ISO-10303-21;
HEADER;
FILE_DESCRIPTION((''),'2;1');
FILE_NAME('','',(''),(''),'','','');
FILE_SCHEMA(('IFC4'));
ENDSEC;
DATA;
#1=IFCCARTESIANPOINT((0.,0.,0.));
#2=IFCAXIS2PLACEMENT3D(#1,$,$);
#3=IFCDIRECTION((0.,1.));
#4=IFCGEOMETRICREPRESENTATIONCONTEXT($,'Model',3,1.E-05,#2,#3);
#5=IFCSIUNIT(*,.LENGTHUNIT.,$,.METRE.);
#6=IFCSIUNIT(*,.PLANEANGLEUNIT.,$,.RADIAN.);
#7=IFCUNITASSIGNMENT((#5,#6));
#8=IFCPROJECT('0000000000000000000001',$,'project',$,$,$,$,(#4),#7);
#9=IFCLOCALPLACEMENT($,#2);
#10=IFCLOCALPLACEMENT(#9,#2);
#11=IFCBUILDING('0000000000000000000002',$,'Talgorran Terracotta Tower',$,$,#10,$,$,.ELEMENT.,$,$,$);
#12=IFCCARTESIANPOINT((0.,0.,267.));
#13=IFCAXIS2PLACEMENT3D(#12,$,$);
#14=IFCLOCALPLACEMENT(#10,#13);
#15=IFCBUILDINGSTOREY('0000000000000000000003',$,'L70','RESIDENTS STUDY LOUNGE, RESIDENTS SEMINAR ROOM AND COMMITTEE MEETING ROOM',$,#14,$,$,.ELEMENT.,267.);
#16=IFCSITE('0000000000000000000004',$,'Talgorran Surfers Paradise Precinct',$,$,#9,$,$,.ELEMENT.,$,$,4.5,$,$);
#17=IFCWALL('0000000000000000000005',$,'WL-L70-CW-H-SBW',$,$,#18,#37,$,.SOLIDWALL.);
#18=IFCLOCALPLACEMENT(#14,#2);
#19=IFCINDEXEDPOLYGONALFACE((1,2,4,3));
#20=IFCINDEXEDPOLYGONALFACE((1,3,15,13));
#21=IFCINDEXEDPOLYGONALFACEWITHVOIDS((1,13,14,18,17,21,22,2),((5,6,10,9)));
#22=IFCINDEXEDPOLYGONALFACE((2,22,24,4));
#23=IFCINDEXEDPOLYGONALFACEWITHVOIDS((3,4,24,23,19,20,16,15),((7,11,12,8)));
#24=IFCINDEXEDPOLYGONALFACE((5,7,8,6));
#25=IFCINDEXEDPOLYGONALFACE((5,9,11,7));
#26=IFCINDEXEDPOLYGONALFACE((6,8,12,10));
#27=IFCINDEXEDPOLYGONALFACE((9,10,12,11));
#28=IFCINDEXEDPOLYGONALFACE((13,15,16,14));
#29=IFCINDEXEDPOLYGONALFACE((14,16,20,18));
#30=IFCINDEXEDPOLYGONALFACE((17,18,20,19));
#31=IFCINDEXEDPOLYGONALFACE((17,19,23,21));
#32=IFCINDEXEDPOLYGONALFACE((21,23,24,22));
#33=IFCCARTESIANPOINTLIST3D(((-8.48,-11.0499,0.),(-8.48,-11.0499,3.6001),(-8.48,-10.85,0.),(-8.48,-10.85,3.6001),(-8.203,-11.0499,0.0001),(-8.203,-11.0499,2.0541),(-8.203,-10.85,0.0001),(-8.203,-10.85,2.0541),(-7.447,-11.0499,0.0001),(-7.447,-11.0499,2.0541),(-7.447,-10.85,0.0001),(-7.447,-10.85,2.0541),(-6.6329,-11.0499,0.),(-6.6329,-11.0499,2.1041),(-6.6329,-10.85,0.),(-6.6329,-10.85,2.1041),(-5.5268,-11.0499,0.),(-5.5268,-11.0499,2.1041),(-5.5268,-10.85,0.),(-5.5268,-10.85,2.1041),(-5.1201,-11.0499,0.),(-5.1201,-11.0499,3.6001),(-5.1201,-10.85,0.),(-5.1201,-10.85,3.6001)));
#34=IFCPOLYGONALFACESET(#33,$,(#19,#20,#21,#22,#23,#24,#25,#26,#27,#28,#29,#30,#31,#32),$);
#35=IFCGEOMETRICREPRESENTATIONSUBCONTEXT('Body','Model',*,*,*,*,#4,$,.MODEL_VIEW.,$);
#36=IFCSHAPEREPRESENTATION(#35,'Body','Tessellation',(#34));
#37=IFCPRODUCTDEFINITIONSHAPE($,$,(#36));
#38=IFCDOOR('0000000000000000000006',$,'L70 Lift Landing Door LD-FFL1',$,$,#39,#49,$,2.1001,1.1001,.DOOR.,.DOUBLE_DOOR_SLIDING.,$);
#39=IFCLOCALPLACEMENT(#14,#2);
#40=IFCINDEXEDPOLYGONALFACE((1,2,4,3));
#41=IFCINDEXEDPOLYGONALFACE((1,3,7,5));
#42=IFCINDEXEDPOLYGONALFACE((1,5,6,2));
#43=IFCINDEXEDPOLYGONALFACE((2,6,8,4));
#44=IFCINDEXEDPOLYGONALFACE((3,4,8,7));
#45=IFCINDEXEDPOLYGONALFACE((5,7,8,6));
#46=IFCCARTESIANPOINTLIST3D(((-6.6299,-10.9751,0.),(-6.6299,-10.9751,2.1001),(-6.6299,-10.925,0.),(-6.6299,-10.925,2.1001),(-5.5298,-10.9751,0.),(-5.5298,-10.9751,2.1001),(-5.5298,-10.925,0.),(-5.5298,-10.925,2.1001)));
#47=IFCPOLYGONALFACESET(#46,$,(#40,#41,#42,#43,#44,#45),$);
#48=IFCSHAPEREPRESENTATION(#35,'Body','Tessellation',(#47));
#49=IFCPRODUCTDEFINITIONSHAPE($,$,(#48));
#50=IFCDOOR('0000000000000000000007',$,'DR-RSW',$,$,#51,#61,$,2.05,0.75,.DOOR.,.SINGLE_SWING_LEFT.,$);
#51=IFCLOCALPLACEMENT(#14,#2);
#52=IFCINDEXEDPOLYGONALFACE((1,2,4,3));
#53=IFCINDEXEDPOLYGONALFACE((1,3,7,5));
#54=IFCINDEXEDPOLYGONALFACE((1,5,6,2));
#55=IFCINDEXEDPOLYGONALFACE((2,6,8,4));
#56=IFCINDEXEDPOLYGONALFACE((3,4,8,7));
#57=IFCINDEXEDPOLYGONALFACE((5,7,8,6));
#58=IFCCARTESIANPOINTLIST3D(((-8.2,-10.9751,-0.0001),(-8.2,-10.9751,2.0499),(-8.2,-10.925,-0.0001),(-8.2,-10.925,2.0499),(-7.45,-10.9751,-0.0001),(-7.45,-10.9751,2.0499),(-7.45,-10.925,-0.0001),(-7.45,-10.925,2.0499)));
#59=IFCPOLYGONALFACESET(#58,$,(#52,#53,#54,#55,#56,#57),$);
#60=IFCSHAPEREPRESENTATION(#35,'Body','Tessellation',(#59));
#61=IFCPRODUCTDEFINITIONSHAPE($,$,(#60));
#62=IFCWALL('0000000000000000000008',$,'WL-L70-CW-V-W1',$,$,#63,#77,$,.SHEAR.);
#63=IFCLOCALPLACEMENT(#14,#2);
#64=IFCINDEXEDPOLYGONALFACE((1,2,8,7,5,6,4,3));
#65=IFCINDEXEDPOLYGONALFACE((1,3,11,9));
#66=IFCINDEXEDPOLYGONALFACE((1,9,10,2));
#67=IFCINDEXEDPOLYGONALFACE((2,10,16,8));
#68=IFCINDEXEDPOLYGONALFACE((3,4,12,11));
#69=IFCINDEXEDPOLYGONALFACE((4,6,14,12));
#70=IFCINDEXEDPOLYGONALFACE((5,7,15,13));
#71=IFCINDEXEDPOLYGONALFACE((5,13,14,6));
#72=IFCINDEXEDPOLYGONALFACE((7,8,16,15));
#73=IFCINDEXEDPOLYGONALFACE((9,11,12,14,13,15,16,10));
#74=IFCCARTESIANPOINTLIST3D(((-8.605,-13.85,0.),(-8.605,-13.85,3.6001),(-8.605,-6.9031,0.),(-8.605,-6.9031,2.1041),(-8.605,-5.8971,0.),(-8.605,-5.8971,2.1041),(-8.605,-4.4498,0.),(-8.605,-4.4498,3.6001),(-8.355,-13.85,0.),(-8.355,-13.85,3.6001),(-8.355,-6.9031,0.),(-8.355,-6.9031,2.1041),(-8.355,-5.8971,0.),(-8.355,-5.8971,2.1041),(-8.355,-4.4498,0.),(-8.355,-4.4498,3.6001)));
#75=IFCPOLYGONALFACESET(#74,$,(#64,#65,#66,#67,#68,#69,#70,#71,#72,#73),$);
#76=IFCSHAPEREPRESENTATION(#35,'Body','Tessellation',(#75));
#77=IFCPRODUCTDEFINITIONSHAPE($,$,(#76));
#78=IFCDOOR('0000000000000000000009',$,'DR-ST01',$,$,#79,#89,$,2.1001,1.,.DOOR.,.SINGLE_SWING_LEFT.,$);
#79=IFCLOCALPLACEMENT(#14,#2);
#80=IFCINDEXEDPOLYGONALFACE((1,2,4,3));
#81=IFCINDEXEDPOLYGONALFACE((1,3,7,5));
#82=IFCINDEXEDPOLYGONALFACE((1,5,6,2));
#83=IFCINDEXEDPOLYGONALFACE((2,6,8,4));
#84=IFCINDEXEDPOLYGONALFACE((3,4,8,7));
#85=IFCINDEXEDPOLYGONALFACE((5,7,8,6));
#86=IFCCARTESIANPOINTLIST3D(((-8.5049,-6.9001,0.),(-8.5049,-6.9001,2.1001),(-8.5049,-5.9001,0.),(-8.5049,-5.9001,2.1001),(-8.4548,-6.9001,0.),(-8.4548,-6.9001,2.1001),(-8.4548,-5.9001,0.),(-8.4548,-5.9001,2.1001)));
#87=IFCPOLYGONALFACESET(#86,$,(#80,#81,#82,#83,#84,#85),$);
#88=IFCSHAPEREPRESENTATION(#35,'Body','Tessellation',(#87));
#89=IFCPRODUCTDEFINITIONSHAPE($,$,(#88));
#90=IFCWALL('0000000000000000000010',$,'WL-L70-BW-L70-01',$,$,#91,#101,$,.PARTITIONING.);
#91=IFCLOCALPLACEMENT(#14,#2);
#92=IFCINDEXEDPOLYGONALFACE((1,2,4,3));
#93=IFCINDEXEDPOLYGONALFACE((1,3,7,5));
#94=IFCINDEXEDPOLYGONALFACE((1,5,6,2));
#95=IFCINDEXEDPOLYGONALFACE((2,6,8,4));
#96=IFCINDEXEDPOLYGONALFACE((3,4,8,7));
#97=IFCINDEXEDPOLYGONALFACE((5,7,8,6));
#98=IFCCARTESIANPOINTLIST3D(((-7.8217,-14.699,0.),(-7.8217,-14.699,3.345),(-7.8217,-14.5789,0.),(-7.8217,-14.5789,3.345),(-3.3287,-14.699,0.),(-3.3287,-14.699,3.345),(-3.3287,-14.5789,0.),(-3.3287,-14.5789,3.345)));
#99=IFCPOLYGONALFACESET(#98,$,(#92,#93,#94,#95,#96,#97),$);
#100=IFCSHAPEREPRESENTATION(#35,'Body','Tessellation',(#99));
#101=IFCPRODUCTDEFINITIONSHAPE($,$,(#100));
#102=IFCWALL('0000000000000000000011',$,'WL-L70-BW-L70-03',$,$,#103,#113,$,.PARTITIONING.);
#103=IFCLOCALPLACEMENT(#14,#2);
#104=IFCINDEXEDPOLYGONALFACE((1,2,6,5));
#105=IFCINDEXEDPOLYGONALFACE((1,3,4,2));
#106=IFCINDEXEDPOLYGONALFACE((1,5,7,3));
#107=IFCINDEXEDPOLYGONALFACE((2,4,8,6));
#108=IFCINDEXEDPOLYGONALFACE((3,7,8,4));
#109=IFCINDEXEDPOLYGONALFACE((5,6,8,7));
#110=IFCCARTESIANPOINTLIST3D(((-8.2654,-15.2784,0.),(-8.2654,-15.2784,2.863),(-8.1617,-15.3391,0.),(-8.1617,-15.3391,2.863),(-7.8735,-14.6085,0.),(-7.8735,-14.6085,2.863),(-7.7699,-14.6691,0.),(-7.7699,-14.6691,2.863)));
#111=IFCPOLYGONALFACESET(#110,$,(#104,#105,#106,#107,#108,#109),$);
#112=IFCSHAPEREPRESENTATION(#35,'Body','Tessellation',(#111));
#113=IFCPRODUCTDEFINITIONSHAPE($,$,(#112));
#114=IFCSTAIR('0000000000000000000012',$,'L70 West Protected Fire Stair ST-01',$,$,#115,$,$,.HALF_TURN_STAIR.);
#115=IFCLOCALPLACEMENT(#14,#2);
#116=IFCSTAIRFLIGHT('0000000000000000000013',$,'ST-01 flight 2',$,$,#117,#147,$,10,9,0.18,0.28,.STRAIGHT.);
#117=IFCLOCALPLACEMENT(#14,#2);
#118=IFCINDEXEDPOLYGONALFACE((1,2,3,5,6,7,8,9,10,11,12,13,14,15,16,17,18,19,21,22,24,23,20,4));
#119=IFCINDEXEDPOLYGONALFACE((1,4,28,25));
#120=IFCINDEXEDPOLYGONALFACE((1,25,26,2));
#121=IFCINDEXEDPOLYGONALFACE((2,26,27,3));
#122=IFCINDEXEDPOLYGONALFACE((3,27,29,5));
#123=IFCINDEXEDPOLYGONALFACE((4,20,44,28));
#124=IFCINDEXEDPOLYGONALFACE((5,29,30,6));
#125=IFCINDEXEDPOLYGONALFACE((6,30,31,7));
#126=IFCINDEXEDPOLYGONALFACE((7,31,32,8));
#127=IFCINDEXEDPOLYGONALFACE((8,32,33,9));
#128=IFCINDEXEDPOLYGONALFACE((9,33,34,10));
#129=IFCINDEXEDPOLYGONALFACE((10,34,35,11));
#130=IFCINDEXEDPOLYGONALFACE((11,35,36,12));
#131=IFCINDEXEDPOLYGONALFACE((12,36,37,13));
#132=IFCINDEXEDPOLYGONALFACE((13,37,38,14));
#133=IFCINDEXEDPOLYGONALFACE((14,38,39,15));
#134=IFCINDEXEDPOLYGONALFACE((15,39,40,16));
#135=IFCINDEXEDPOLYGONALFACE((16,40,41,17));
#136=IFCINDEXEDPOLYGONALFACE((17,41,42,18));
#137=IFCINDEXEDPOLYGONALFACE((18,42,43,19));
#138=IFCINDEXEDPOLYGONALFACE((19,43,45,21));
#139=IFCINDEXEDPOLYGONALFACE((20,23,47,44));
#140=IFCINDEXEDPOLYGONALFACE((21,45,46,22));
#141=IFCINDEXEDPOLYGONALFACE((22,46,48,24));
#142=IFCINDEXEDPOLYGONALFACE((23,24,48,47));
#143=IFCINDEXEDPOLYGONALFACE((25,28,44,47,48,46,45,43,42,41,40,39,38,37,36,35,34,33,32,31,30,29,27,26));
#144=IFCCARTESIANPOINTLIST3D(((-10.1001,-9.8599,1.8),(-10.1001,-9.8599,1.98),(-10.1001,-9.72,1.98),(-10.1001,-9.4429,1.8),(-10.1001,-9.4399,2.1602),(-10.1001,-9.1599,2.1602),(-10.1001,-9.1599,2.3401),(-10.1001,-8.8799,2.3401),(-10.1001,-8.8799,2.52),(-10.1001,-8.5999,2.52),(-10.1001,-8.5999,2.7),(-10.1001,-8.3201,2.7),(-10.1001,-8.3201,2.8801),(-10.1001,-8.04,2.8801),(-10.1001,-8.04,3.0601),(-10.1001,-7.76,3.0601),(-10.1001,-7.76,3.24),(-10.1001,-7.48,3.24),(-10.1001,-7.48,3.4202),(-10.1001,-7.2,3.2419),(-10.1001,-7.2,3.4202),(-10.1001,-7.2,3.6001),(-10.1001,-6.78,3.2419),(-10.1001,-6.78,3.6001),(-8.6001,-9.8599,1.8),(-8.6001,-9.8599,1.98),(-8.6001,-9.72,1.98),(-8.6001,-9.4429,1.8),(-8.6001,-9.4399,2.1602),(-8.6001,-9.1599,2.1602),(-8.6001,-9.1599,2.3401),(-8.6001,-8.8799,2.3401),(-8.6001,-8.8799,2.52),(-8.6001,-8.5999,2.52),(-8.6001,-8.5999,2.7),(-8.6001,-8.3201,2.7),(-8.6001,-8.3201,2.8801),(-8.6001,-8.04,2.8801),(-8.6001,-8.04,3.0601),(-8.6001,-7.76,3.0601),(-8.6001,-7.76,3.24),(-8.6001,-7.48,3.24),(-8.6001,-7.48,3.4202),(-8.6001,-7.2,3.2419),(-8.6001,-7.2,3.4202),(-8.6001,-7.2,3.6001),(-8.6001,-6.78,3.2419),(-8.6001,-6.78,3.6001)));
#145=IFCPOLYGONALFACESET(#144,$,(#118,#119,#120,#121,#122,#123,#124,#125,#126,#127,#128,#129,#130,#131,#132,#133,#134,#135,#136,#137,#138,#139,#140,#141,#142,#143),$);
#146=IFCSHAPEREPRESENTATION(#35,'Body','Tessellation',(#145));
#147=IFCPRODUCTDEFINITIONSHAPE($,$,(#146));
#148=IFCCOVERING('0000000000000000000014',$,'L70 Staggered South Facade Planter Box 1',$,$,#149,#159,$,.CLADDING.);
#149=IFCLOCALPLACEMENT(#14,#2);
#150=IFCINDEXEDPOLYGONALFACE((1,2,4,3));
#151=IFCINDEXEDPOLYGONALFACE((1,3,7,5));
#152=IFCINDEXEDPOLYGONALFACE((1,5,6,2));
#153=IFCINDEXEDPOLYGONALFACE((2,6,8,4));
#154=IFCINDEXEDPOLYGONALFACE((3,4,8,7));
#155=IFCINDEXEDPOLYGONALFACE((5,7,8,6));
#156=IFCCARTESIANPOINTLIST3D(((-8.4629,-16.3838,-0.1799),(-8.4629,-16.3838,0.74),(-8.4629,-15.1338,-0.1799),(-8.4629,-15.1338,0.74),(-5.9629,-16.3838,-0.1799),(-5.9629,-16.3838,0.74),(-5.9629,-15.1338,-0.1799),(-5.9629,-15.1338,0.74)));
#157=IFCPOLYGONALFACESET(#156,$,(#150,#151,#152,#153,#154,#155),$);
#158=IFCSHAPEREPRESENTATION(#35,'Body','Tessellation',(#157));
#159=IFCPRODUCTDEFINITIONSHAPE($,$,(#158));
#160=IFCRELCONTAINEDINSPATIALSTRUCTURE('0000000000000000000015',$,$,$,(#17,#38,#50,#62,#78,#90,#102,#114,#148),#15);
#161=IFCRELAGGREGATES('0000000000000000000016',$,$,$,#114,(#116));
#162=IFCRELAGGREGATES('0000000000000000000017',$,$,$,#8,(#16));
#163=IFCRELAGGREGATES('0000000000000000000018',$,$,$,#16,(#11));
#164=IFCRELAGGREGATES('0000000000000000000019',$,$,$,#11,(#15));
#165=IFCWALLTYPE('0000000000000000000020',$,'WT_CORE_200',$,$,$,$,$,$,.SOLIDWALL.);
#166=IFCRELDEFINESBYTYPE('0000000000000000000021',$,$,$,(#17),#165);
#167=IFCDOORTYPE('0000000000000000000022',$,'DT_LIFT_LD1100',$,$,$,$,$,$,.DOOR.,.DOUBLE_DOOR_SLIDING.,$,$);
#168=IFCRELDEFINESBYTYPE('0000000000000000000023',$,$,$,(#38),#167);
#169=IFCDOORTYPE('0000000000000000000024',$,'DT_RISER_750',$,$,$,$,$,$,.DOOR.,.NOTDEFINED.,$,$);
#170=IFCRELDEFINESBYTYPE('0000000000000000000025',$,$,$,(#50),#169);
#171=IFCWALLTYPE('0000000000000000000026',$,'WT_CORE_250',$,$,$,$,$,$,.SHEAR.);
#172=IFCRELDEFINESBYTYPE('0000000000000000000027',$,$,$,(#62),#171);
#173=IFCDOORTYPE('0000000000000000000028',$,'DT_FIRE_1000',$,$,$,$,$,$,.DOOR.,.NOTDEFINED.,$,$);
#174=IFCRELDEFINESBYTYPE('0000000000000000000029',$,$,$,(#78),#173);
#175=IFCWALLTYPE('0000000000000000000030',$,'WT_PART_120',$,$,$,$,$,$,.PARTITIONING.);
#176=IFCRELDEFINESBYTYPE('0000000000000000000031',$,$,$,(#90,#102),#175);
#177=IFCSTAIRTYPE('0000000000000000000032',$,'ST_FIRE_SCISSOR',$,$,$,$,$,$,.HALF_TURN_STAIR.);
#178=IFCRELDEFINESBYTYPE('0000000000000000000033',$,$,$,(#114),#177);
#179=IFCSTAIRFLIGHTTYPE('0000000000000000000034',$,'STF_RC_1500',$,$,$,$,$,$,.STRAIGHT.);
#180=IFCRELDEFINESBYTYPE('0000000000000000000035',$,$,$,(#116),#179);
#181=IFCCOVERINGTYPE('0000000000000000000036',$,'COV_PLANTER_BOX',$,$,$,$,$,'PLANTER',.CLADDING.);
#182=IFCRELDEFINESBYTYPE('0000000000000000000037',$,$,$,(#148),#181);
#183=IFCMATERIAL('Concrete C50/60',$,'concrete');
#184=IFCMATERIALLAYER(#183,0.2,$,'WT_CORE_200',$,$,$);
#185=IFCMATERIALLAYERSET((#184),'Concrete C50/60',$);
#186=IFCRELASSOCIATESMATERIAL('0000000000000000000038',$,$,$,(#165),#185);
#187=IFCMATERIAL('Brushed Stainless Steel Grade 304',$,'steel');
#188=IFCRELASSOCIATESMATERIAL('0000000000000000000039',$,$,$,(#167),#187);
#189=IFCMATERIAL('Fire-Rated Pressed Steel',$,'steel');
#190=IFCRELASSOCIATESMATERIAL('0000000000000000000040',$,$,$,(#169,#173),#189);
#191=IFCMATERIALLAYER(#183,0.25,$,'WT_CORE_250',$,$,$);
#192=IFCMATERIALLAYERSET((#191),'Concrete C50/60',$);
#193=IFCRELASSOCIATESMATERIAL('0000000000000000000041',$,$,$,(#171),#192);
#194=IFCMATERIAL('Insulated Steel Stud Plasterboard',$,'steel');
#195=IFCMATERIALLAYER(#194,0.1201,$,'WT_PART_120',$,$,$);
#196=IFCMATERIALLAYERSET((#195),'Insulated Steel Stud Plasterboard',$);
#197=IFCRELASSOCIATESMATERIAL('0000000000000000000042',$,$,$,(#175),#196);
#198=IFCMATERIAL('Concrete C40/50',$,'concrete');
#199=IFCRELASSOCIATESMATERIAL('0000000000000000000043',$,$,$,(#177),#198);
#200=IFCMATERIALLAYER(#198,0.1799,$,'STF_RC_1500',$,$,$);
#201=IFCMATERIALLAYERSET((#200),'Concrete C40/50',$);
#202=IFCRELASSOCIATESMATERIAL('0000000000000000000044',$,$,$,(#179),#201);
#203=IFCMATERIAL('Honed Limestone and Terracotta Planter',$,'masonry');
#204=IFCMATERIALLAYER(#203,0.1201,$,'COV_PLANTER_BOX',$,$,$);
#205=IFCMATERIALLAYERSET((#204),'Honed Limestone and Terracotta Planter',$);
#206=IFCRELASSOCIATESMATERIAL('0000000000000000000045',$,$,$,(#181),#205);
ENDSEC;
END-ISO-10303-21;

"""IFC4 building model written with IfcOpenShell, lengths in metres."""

from ifc_helpers import new_model, si_unit, direction, frame, frame_2d, origin, origin_2d, place, context, subcontext, project, spatial, polyline, rectangle, outline, extrude, material, layer, layer_set, type_object, element, fill, aggregate, save


model = new_model("IFC4")

# Units and contexts
model_context = context("Model", 3, precision=1e-05, world=origin(), true_north=direction((0.0, 1.0)))
body_context = subcontext(model_context, "Body", "Model", "MODEL_VIEW")
ifc_project = project(units=[si_unit("LENGTHUNIT", "METRE"), si_unit("PLANEANGLEUNIT", "RADIAN")], contexts=[model_context])

# Site, building, storey
site_placement = place(None, origin())
site = spatial("IfcSite", under=ifc_project, at=site_placement, Name="Talgorran Surfers Paradise Precinct", CompositionType="ELEMENT", RefElevation=4.5)
building_placement = place(site_placement, origin())
building = spatial("IfcBuilding", under=site, at=building_placement, Name="Talgorran Terracotta Tower", CompositionType="ELEMENT")
storey_placement = place(building_placement, frame((0.0, 0.0, 267.0)))
storey = spatial("IfcBuildingStorey", under=building, at=storey_placement, Name="L70", Description="RESIDENTS STUDY LOUNGE, RESIDENTS SEMINAR ROOM AND COMMITTEE MEETING ROOM", CompositionType="ELEMENT", Elevation=267.0)

# Shared definitions
ifc_material_1 = material(Name="Concrete C50/60", Category="concrete")

# Wall, openings, doors
ifc_layer_1 = layer(ifc_material_1, 0.2, Name="WT_CORE_200")
ifc_layer_set_1 = layer_set([ifc_layer_1], Name="Concrete C50/60")
wall_type_1 = type_object("IfcWallType", Name="WT_CORE_200", PredefinedType="SOLIDWALL", material=ifc_layer_set_1)
wall_1_placement = place(storey_placement, frame((-8.48, -10.95, 0.0), z_axis=(0.0, 0.0, 1.0), x_axis=(1.0, 0.0, 0.0)))
wall_1 = element("IfcWall", 1, at=wall_1_placement, inside=storey, type_object=wall_type_1, Name="WL-L70-CW-H-SBW", PredefinedType="SOLIDWALL", context=body_context, shape_type="SweptSolid", body=[
    extrude(rectangle(XDim=3.3599, YDim=0.2, at=frame_2d((1.6799, 0.0))), origin(), (0.0, 0.0, 1.0), 3.6001),
])
opening_1_placement = place(wall_1_placement, frame((0.28, 0.0, 0.0)))
opening_1 = element("IfcOpeningElement", 2, at=opening_1_placement, cuts=wall_1, PredefinedType="OPENING", context=body_context, shape_type="SweptSolid", body=[
    extrude(rectangle(XDim=0.756, YDim=2.054, at=frame_2d((0.375, 1.0271))), frame((0.0, 0.1099, 0.0), z_axis=(0.0, -1.0, 0.0), x_axis=(1.0, 0.0, 0.0)), (0.0, 0.0, 1.0), 0.22),
])
opening_2_placement = place(wall_1_placement, frame((1.8501, 0.0, 0.0)))
opening_2 = element("IfcOpeningElement", 3, at=opening_2_placement, cuts=wall_1, PredefinedType="OPENING", context=body_context, shape_type="SweptSolid", body=[
    extrude(rectangle(XDim=1.1061, YDim=2.1041, at=frame_2d((0.55, 1.052))), frame((0.0, 0.1099, 0.0), z_axis=(0.0, -1.0, 0.0), x_axis=(1.0, 0.0, 0.0)), (0.0, 0.0, 1.0), 0.22),
])
ifc_material_2 = material(Name="Brushed Stainless Steel Grade 304", Category="steel")
door_type_1 = type_object("IfcDoorType", Name="DT_LIFT_LD1100", OperationType="DOUBLE_DOOR_SLIDING", PredefinedType="DOOR", material=ifc_material_2)
door_1_placement = place(opening_2_placement, origin())
door_1 = element("IfcDoor", 4, at=door_1_placement, inside=storey, type_object=door_type_1, Name="L70 Lift Landing Door LD-FFL1", OperationType="DOUBLE_DOOR_SLIDING", OverallHeight=2.1001, OverallWidth=1.1001, PredefinedType="DOOR", context=body_context, shape_type="SweptSolid", body=[
    extrude(rectangle(XDim=1.1001, YDim=2.1001, at=frame_2d((0.55, 1.05))), frame((0.0, 0.0249, 0.0), z_axis=(0.0, -1.0, 0.0), x_axis=(1.0, 0.0, 0.0)), (0.0, 0.0, 1.0), 0.05),
])
fill(opening_2, door_1)
ifc_material_3 = material(Name="Fire-Rated Pressed Steel", Category="steel")
door_type_2 = type_object("IfcDoorType", Name="DT_RISER_750", OperationType="NOTDEFINED", PredefinedType="DOOR", material=ifc_material_3)
door_2_placement = place(opening_1_placement, origin())
door_2 = element("IfcDoor", 5, at=door_2_placement, inside=storey, type_object=door_type_2, Name="DR-RSW", OperationType="SINGLE_SWING_LEFT", OverallHeight=2.05, OverallWidth=0.75, PredefinedType="DOOR", context=body_context, shape_type="SweptSolid", body=[
    extrude(rectangle(XDim=0.75, YDim=2.05, at=frame_2d((0.375, 1.0249))), frame((0.0, 0.0249, 0.0), z_axis=(0.0, -1.0, 0.0), x_axis=(1.0, 0.0, 0.0)), (0.0, 0.0, 1.0), 0.05),
])
fill(opening_1, door_2)

# Wall, opening, door
ifc_layer_2 = layer(ifc_material_1, 0.25, Name="WT_CORE_250")
ifc_layer_set_2 = layer_set([ifc_layer_2], Name="Concrete C50/60")
wall_type_2 = type_object("IfcWallType", Name="WT_CORE_250", PredefinedType="SHEAR", material=ifc_layer_set_2)
wall_2_placement = place(storey_placement, frame((-8.48, -13.8501, 0.0), z_axis=(0.0, 0.0, 1.0), x_axis=(0.0, 1.0, 0.0)))
wall_2 = element("IfcWall", 6, at=wall_2_placement, inside=storey, type_object=wall_type_2, Name="WL-L70-CW-V-W1", PredefinedType="SHEAR", context=body_context, shape_type="SweptSolid", body=[
    extrude(rectangle(XDim=9.4001, YDim=0.25, at=frame_2d((4.7002, 0.0))), origin(), (0.0, 0.0, 1.0), 3.6001),
])
opening_3_placement = place(wall_2_placement, frame((6.95, 0.0, 0.0)))
opening_3 = element("IfcOpeningElement", 7, at=opening_3_placement, cuts=wall_2, PredefinedType="OPENING", context=body_context, shape_type="SweptSolid", body=[
    extrude(rectangle(XDim=1.006, YDim=2.1041, at=frame_2d((0.5, 1.052))), frame((0.0, 0.135, 0.0), z_axis=(0.0, -1.0, 0.0), x_axis=(1.0, 0.0, 0.0)), (0.0, 0.0, 1.0), 0.27),
])
door_type_3 = type_object("IfcDoorType", Name="DT_FIRE_1000", OperationType="NOTDEFINED", PredefinedType="DOOR", material=ifc_material_3)
door_3_placement = place(opening_3_placement, origin())
door_3 = element("IfcDoor", 8, at=door_3_placement, inside=storey, type_object=door_type_3, Name="DR-ST01", OperationType="SINGLE_SWING_LEFT", OverallHeight=2.1001, OverallWidth=1.0, PredefinedType="DOOR", context=body_context, shape_type="SweptSolid", body=[
    extrude(rectangle(XDim=1.0, YDim=2.1001, at=frame_2d((0.5, 1.05))), frame((0.0, 0.0249, 0.0), z_axis=(0.0, -1.0, 0.0), x_axis=(1.0, 0.0, 0.0)), (0.0, 0.0, 1.0), 0.05),
])
fill(opening_3, door_3)

# Walls
ifc_material_4 = material(Name="Insulated Steel Stud Plasterboard", Category="steel")
ifc_layer_3 = layer(ifc_material_4, 0.1201, Name="WT_PART_120")
ifc_layer_set_3 = layer_set([ifc_layer_3], Name="Insulated Steel Stud Plasterboard")
wall_type_3 = type_object("IfcWallType", Name="WT_PART_120", PredefinedType="PARTITIONING", material=ifc_layer_set_3)
wall_3_placement = place(storey_placement, frame((-7.8218, -14.6389, 0.0), z_axis=(0.0, 0.0, 1.0), x_axis=(1.0, 0.0, 0.0)))
element("IfcWall", 9, at=wall_3_placement, inside=storey, type_object=wall_type_3, Name="WL-L70-BW-L70-01", PredefinedType="PARTITIONING", context=body_context, shape_type="SweptSolid", body=[
    extrude(rectangle(XDim=4.4929, YDim=0.1201, at=frame_2d((2.2466, 0.0))), origin(), (0.0, 0.0, 1.0), 3.345),
])
wall_4_placement = place(storey_placement, frame((-8.2136, -15.3088, 0.0), z_axis=(0.0, 0.0, 1.0), x_axis=(0.504888, 0.863185, 0.0)))
element("IfcWall", 10, at=wall_4_placement, inside=storey, type_object=wall_type_3, Name="WL-L70-BW-L70-03", PredefinedType="PARTITIONING", context=body_context, shape_type="SweptSolid", body=[
    extrude(rectangle(XDim=0.7761, YDim=0.1201, at=frame_2d((0.3882, 0.0))), origin(), (0.0, 0.0, 1.0), 2.863),
])

# Stair, stair flight
ifc_material_5 = material(Name="Concrete C40/50", Category="concrete")
stair_type = type_object("IfcStairType", Name="ST_FIRE_SCISSOR", PredefinedType="HALF_TURN_STAIR", material=ifc_material_5)
stair_placement = place(storey_placement, origin())
stair = element("IfcStair", 11, at=stair_placement, inside=storey, type_object=stair_type, Name="L70 West Protected Fire Stair ST-01", PredefinedType="HALF_TURN_STAIR")
ifc_layer_4 = layer(ifc_material_5, 0.1799, Name="STF_RC_1500")
ifc_layer_set_4 = layer_set([ifc_layer_4], Name="Concrete C40/50")
stair_flight_type = type_object("IfcStairFlightType", Name="STF_RC_1500", PredefinedType="STRAIGHT", material=ifc_layer_set_4)
stair_flight_placement = place(storey_placement, frame((-9.3501, -9.72, 1.8), z_axis=(0.0, 0.0, 1.0), x_axis=(0.0, 1.0, 0.0)))
stair_flight = element("IfcStairFlight", 12, at=stair_flight_placement, type_object=stair_flight_type, Name="ST-01 flight 2", NumberOfRisers=10, NumberOfTreads=9, PredefinedType="STRAIGHT", RiserHeight=0.18, TreadLength=0.28, context=body_context, shape_type="SweptSolid", body=[
    extrude(outline(polyline([(-0.1399, 0.0), (-0.1399, 0.1799), (0.0, 0.1799), (0.28, 0.3601), (0.5601, 0.3601), (0.5601, 0.54), (0.8401, 0.54), (0.8401, 0.72), (1.1201, 0.72), (1.1201, 0.8999), (1.3999, 0.8999), (1.3999, 1.0801), (1.6799, 1.0801), (1.6799, 1.26), (1.96, 1.26), (1.96, 1.4399), (2.24, 1.4399), (2.24, 1.6201), (2.52, 1.6201), (2.52, 1.8), (2.9399, 1.8), (2.9399, 1.4419), (2.52, 1.4419), (0.2771, 0.0), (-0.1399, 0.0)])), frame((0.0, 0.75, 0.0), z_axis=(0.0, -1.0, 0.0), x_axis=(1.0, 0.0, 0.0)), (0.0, 0.0, 1.0), 1.5),
])
aggregate(stair, [stair_flight])

# Covering
ifc_material_6 = material(Name="Honed Limestone and Terracotta Planter", Category="masonry")
ifc_layer_5 = layer(ifc_material_6, 0.1201, Name="COV_PLANTER_BOX")
ifc_layer_set_5 = layer_set([ifc_layer_5], Name="Honed Limestone and Terracotta Planter")
covering_type_1 = type_object("IfcCoveringType", Name="COV_PLANTER_BOX", ElementType="PLANTER", PredefinedType="CLADDING", material=ifc_layer_set_5)
covering_1_placement = place(storey_placement, frame((-7.2129, -15.7588, -0.1799), z_axis=(0.0, 0.0, 1.0), x_axis=(1.0, 0.0, 0.0)))
element("IfcCovering", 13, at=covering_1_placement, inside=storey, type_object=covering_type_1, Name="L70 Staggered South Facade Planter Box 1", PredefinedType="CLADDING", context=body_context, shape_type="SweptSolid", body=[
    extrude(rectangle(XDim=2.5, YDim=1.25, at=origin_2d()), origin(), (0.0, 0.0, 1.0), 0.9199),
])

save(model, "model.ifc")
